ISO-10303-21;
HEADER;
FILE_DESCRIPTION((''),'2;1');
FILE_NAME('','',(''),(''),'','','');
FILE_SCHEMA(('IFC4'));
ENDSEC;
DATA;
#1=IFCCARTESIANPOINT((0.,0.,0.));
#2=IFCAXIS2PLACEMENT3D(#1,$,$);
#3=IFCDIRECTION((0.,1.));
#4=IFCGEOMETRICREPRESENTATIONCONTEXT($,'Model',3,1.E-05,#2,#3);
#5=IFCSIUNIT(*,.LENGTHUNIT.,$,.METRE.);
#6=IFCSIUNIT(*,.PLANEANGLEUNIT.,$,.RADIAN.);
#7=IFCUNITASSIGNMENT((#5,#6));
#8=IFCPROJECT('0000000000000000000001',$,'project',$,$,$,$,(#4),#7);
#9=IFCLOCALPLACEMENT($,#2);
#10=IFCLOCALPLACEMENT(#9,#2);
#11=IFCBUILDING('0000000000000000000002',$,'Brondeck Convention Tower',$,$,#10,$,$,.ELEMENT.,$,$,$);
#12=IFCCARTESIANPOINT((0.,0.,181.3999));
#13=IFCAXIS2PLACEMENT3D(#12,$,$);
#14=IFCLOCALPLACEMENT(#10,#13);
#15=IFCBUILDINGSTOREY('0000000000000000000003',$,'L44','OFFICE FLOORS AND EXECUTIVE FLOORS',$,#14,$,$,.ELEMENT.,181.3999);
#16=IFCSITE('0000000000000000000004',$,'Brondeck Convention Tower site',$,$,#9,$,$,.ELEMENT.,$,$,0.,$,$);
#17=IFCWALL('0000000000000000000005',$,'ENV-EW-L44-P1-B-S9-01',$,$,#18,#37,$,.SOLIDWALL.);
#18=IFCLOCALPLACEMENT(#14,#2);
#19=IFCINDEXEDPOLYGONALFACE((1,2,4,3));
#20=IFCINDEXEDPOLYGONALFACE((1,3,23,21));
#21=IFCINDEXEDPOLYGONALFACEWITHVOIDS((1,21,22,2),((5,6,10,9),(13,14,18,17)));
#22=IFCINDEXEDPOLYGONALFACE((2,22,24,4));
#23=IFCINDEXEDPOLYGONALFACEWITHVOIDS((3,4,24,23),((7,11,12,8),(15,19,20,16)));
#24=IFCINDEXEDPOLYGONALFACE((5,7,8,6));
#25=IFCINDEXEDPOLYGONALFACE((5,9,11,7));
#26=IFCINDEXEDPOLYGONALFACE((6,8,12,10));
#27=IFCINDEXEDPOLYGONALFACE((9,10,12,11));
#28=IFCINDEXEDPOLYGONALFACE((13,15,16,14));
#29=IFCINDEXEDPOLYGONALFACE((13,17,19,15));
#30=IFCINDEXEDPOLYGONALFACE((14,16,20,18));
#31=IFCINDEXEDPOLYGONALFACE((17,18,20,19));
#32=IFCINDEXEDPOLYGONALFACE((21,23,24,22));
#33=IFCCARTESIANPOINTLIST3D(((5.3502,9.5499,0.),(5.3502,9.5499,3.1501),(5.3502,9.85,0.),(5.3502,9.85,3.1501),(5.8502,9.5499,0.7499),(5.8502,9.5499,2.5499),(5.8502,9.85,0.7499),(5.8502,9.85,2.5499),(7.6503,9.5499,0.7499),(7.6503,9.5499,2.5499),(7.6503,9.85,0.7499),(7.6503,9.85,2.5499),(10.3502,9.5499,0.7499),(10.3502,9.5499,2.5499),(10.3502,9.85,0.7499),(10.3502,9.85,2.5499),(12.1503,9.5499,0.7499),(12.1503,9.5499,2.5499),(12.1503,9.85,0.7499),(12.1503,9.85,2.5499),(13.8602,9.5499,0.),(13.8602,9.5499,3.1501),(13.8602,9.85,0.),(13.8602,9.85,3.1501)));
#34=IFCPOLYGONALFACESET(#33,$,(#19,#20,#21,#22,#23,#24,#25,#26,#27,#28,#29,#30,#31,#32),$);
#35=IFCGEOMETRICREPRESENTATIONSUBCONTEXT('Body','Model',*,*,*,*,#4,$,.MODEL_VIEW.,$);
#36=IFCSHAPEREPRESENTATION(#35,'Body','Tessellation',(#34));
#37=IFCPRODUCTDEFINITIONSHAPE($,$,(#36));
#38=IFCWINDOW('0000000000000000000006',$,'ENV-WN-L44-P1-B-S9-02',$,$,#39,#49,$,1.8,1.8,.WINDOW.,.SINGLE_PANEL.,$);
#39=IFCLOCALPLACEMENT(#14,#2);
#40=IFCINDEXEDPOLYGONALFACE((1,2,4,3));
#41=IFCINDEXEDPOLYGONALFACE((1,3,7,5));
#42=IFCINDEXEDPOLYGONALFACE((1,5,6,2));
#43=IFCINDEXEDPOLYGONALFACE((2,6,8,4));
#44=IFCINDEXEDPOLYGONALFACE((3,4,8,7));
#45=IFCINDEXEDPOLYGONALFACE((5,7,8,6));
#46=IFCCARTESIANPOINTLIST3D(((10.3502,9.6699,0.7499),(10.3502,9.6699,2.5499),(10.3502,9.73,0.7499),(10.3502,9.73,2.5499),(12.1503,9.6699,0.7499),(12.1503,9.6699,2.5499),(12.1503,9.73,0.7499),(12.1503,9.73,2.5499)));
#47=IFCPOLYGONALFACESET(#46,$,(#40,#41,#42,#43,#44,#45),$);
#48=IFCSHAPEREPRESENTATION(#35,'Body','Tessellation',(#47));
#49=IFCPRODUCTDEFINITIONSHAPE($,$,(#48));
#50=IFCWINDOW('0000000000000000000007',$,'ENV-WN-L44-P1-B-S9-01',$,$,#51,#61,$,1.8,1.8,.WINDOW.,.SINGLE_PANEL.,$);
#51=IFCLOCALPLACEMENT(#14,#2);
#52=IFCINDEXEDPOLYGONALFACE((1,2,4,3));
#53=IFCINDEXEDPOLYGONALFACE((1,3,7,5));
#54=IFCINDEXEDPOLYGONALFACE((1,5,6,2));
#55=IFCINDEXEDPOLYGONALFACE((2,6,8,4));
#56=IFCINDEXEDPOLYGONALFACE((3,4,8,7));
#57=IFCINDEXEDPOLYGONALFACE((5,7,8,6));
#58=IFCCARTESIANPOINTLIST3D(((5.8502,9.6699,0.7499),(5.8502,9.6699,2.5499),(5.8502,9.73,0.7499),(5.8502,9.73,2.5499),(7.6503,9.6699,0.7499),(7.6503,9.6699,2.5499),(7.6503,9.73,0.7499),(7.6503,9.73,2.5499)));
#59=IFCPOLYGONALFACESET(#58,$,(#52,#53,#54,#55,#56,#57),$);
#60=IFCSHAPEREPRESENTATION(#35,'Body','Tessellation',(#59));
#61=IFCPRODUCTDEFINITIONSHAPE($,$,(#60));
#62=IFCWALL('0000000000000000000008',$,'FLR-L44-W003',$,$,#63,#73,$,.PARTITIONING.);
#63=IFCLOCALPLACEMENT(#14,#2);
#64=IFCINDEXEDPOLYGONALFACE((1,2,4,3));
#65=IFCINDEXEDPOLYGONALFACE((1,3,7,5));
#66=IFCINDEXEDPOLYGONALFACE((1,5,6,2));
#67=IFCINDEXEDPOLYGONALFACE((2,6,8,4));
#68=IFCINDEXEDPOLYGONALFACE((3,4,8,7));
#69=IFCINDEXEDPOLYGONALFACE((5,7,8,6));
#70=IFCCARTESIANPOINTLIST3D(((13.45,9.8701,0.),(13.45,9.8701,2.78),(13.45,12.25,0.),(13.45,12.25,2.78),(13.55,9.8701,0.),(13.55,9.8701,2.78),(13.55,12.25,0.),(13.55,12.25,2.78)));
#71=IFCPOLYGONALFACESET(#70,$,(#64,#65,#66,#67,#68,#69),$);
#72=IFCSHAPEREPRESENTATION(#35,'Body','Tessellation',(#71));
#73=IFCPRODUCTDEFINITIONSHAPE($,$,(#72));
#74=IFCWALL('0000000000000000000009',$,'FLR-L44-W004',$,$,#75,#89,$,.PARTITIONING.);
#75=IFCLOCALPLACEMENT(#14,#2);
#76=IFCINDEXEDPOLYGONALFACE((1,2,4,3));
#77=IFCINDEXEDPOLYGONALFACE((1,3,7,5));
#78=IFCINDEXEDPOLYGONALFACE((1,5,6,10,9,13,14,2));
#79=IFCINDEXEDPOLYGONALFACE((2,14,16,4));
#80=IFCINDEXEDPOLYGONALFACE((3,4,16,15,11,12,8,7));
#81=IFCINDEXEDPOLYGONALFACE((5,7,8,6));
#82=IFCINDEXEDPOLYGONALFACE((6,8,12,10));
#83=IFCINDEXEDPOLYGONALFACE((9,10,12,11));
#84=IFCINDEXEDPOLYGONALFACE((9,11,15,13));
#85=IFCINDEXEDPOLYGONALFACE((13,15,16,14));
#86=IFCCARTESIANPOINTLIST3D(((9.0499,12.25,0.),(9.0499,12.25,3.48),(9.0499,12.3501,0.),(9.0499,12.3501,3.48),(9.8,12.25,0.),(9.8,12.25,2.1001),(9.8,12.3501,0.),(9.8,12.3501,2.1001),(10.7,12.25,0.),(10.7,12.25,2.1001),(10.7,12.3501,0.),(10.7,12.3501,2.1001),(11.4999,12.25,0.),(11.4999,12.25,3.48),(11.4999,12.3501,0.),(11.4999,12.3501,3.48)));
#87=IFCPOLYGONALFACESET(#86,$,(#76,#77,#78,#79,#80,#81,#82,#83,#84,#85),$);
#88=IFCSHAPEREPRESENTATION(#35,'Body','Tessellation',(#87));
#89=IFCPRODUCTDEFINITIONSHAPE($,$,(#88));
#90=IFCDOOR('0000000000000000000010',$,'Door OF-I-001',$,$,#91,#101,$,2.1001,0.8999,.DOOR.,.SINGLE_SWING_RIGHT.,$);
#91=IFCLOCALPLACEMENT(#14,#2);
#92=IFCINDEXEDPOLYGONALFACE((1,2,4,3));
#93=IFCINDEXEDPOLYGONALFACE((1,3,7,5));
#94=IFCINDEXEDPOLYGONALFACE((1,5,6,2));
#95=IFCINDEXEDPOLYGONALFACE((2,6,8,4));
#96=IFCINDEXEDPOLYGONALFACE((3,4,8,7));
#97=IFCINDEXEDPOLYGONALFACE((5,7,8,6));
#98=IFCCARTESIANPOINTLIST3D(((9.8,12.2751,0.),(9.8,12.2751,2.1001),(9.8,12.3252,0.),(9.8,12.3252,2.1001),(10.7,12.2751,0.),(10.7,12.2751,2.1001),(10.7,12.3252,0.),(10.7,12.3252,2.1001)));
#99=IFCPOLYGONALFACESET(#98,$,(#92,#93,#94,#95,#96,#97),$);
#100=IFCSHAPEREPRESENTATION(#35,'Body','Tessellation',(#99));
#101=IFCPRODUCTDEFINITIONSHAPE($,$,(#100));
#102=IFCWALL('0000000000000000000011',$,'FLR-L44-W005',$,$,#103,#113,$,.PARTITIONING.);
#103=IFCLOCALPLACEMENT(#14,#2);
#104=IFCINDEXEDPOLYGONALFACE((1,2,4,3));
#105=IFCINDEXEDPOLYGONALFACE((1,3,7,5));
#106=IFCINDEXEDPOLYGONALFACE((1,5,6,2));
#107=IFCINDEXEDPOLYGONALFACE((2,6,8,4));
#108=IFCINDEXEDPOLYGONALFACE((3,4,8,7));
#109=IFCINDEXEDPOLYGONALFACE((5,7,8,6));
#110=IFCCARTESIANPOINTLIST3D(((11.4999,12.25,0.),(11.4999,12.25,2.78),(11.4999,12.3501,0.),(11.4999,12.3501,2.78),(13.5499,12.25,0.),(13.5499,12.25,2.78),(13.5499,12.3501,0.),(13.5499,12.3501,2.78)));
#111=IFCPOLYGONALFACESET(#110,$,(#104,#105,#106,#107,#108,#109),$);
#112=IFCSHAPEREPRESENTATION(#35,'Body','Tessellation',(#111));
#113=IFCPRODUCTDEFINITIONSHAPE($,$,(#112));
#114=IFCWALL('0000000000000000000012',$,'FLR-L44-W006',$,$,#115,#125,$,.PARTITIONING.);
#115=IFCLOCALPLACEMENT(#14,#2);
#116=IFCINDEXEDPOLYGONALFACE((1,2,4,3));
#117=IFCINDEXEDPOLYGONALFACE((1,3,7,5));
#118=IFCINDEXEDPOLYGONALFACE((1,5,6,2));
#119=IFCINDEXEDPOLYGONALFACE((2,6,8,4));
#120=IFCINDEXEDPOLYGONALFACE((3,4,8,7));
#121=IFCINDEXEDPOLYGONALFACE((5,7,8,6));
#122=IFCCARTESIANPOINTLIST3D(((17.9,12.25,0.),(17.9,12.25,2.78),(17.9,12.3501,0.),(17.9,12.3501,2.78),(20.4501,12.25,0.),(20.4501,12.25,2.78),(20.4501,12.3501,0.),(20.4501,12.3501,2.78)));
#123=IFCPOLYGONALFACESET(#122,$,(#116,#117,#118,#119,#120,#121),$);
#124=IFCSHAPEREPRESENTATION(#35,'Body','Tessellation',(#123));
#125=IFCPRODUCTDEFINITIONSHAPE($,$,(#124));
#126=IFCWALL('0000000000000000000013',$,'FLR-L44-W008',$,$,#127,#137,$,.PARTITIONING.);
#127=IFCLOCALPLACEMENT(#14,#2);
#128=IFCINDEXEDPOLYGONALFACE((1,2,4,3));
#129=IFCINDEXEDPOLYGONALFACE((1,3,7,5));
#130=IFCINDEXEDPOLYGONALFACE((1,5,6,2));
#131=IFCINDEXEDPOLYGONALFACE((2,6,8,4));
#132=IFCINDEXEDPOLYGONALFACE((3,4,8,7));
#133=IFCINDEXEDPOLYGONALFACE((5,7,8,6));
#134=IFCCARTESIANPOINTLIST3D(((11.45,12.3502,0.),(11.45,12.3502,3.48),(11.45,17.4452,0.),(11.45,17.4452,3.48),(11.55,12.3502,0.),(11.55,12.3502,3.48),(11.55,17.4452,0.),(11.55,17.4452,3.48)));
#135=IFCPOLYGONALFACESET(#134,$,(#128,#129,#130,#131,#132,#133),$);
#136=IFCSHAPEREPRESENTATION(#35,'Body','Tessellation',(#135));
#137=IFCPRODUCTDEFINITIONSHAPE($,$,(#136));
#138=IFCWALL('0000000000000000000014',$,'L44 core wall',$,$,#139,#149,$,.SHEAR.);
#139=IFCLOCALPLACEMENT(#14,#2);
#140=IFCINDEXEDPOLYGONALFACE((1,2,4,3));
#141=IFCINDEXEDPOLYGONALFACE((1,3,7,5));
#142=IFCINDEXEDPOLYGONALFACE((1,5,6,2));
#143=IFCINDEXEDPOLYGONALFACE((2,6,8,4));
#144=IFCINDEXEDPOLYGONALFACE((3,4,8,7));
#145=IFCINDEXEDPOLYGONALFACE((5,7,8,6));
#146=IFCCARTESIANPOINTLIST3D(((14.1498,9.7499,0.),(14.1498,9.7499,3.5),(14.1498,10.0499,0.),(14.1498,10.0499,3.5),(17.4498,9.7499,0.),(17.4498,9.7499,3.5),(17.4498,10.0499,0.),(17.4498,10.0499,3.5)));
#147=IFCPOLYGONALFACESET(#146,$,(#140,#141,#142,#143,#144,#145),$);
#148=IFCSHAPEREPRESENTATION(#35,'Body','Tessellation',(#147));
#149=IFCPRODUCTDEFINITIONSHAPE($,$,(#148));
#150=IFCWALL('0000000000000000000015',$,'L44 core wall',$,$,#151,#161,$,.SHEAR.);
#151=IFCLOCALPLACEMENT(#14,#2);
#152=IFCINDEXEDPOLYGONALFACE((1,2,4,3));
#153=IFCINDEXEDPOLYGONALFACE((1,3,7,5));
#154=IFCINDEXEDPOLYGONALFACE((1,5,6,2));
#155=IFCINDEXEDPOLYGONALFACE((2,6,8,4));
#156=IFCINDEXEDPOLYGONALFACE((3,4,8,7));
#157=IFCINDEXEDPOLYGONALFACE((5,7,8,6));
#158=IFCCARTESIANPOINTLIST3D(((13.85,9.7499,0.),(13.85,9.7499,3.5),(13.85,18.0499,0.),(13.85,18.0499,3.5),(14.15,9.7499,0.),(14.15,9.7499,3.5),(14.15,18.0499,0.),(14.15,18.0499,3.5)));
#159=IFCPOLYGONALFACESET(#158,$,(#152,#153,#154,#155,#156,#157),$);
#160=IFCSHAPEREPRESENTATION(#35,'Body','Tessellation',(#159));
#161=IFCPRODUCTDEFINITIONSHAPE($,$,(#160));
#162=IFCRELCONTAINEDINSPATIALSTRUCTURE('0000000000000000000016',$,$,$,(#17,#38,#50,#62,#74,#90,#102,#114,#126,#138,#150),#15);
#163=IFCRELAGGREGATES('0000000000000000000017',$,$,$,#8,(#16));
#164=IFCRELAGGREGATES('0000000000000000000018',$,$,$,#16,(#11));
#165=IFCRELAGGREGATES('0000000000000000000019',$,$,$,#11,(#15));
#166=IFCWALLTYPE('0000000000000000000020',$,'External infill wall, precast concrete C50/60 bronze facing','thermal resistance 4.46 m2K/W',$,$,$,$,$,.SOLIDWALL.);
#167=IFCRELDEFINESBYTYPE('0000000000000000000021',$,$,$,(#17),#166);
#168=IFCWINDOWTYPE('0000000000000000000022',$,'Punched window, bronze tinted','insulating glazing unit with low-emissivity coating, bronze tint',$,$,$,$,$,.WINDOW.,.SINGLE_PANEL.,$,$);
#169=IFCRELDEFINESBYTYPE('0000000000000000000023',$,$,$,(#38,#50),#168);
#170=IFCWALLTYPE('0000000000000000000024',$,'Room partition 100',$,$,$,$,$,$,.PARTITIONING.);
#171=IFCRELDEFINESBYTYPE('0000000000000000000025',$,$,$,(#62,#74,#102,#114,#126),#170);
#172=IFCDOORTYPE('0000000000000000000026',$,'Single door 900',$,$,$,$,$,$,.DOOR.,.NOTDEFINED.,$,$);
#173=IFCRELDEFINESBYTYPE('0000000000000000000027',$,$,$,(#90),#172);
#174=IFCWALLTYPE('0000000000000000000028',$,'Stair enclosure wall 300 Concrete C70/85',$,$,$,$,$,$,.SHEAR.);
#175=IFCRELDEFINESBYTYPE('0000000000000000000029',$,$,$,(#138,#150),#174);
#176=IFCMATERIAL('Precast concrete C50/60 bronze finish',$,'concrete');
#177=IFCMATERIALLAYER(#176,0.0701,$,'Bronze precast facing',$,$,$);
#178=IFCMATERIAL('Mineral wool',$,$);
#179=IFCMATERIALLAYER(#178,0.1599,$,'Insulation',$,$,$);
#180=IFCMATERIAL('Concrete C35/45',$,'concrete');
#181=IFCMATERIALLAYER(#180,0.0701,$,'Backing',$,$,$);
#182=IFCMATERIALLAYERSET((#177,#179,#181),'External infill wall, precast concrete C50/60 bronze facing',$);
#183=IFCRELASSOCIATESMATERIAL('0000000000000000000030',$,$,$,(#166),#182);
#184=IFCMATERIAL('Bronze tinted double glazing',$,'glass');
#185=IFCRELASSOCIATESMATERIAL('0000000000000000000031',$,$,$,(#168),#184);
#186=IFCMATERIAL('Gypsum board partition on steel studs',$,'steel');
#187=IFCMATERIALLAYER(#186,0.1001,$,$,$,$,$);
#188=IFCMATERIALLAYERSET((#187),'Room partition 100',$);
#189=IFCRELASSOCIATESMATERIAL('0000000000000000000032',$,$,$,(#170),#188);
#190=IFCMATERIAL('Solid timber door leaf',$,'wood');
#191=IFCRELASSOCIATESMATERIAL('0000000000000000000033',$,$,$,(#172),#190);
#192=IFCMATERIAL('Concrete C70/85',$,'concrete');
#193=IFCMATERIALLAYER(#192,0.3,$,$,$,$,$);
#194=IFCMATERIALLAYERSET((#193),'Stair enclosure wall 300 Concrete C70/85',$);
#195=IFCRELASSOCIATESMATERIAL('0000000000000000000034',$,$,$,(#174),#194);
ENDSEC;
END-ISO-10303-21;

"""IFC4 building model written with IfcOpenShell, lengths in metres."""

from ifc_helpers import new_model, si_unit, direction, frame, frame_2d, origin, place, context, subcontext, project, spatial, rectangle, extrude, material, layer, layer_set, type_object, element, fill, save


model = new_model("IFC4")

# Units and contexts
model_context = context("Model", 3, precision=1e-05, world=origin(), true_north=direction((0.0, 1.0)))
body_context = subcontext(model_context, "Body", "Model", "MODEL_VIEW")
ifc_project = project(units=[si_unit("LENGTHUNIT", "METRE"), si_unit("PLANEANGLEUNIT", "RADIAN")], contexts=[model_context])

# Site, building, storey
site_placement = place(None, origin())
site = spatial("IfcSite", under=ifc_project, at=site_placement, Name="Brondeck Convention Tower site", CompositionType="ELEMENT", RefElevation=0.0)
building_placement = place(site_placement, origin())
building = spatial("IfcBuilding", under=site, at=building_placement, Name="Brondeck Convention Tower", CompositionType="ELEMENT")
storey_placement = place(building_placement, frame((0.0, 0.0, 181.3999)))
storey = spatial("IfcBuildingStorey", under=building, at=storey_placement, Name="L44", Description="OFFICE FLOORS AND EXECUTIVE FLOORS", CompositionType="ELEMENT", Elevation=181.3999)

# Shared definitions
ifc_material_1 = material(Name="Concrete C70/85", Category="concrete")

# Wall, openings, windows
ifc_material_2 = material(Name="Precast concrete C50/60 bronze finish", Category="concrete")
ifc_layer_1 = layer(ifc_material_2, 0.0701, Name="Bronze precast facing")
ifc_material_3 = material(Name="Mineral wool")
ifc_layer_2 = layer(ifc_material_3, 0.1599, Name="Insulation")
ifc_material_4 = material(Name="Concrete C35/45", Category="concrete")
ifc_layer_3 = layer(ifc_material_4, 0.0701, Name="Backing")
ifc_layer_set_1 = layer_set([ifc_layer_1, ifc_layer_2, ifc_layer_3], Name="External infill wall, precast concrete C50/60 bronze facing")
wall_type_1 = type_object("IfcWallType", Name="External infill wall, precast concrete C50/60 bronze facing", Description="thermal resistance 4.46 m2K/W", PredefinedType="SOLIDWALL", material=ifc_layer_set_1)
wall_1_placement = place(storey_placement, frame((13.8601, 9.7, 0.0), z_axis=(0.0, 0.0, 1.0), x_axis=(-1.0, 0.0, 0.0)))
wall_1 = element("IfcWall", 1, at=wall_1_placement, inside=storey, type_object=wall_type_1, Name="ENV-EW-L44-P1-B-S9-01", PredefinedType="SOLIDWALL", context=body_context, shape_type="SweptSolid", body=[
    extrude(rectangle(XDim=8.51, YDim=0.3, at=frame_2d((4.2549, 0.0))), origin(), (0.0, 0.0, 1.0), 3.1501),
])
opening_1_placement = place(wall_1_placement, frame((1.71, 0.0, 0.75)))
opening_1 = element("IfcOpeningElement", 2, at=opening_1_placement, cuts=wall_1, PredefinedType="OPENING", context=body_context, shape_type="SweptSolid", body=[
    extrude(rectangle(XDim=1.8, YDim=1.8, at=frame_2d((0.8999, 0.8999))), frame((0.0, 0.1599, 0.0), z_axis=(0.0, -1.0, 0.0), x_axis=(1.0, 0.0, 0.0)), (0.0, 0.0, 1.0), 0.3201),
])
opening_2_placement = place(wall_1_placement, frame((6.21, 0.0, 0.75)))
opening_2 = element("IfcOpeningElement", 3, at=opening_2_placement, cuts=wall_1, PredefinedType="OPENING", context=body_context, shape_type="SweptSolid", body=[
    extrude(rectangle(XDim=1.8, YDim=1.8, at=frame_2d((0.8999, 0.8999))), frame((0.0, 0.1599, 0.0), z_axis=(0.0, -1.0, 0.0), x_axis=(1.0, 0.0, 0.0)), (0.0, 0.0, 1.0), 0.3201),
])
ifc_material_5 = material(Name="Bronze tinted double glazing", Category="glass")
window_type = type_object("IfcWindowType", Name="Punched window, bronze tinted", Description="insulating glazing unit with low-emissivity coating, bronze tint", PartitioningType="SINGLE_PANEL", PredefinedType="WINDOW", material=ifc_material_5)
window_1_placement = place(opening_1_placement, origin())
window_1 = element("IfcWindow", 4, at=window_1_placement, inside=storey, type_object=window_type, Name="ENV-WN-L44-P1-B-S9-02", OverallHeight=1.8, OverallWidth=1.8, PartitioningType="SINGLE_PANEL", PredefinedType="WINDOW", context=body_context, shape_type="SweptSolid", body=[
    extrude(rectangle(XDim=1.8, YDim=1.8, at=frame_2d((0.8999, 0.8999))), frame((0.0, 0.03, 0.0), z_axis=(0.0, -1.0, 0.0), x_axis=(1.0, 0.0, 0.0)), (0.0, 0.0, 1.0), 0.0601),
])
fill(opening_1, window_1)
window_2_placement = place(opening_2_placement, origin())
window_2 = element("IfcWindow", 5, at=window_2_placement, inside=storey, type_object=window_type, Name="ENV-WN-L44-P1-B-S9-01", OverallHeight=1.8, OverallWidth=1.8, PartitioningType="SINGLE_PANEL", PredefinedType="WINDOW", context=body_context, shape_type="SweptSolid", body=[
    extrude(rectangle(XDim=1.8, YDim=1.8, at=frame_2d((0.8999, 0.8999))), frame((0.0, 0.03, 0.0), z_axis=(0.0, -1.0, 0.0), x_axis=(1.0, 0.0, 0.0)), (0.0, 0.0, 1.0), 0.0601),
])
fill(opening_2, window_2)

# Wall
ifc_material_6 = material(Name="Gypsum board partition on steel studs", Category="steel")
ifc_layer_4 = layer(ifc_material_6, 0.1001)
ifc_layer_set_2 = layer_set([ifc_layer_4], Name="Room partition 100")
wall_type_2 = type_object("IfcWallType", Name="Room partition 100", PredefinedType="PARTITIONING", material=ifc_layer_set_2)
wall_2_placement = place(storey_placement, frame((13.5, 12.25, 0.0), z_axis=(0.0, 0.0, 1.0), x_axis=(0.0, -1.0, 0.0)))
element("IfcWall", 6, at=wall_2_placement, inside=storey, type_object=wall_type_2, Name="FLR-L44-W003", PredefinedType="PARTITIONING", context=body_context, shape_type="SweptSolid", body=[
    extrude(rectangle(XDim=2.3799, YDim=0.1001, at=frame_2d((1.1899, 0.0))), origin(), (0.0, 0.0, 1.0), 2.78),
])

# Wall, opening, door
wall_3_placement = place(storey_placement, frame((11.5, 12.3, 0.0), z_axis=(0.0, 0.0, 1.0), x_axis=(-1.0, 0.0, 0.0)))
wall_3 = element("IfcWall", 7, at=wall_3_placement, inside=storey, type_object=wall_type_2, Name="FLR-L44-W004", PredefinedType="PARTITIONING", context=body_context, shape_type="SweptSolid", body=[
    extrude(rectangle(XDim=2.45, YDim=0.1001, at=frame_2d((1.2251, 0.0))), origin(), (0.0, 0.0, 1.0), 3.48),
])
opening_3_placement = place(wall_3_placement, frame((0.8, 0.0, 0.0)))
opening_3 = element("IfcOpeningElement", 8, at=opening_3_placement, cuts=wall_3, PredefinedType="OPENING", context=body_context, shape_type="SweptSolid", body=[
    extrude(rectangle(XDim=0.8999, YDim=2.1001, at=frame_2d((0.45, 1.05))), frame((0.0, 0.0601, 0.0), z_axis=(0.0, -1.0, 0.0), x_axis=(1.0, 0.0, 0.0)), (0.0, 0.0, 1.0), 0.1201),
])
ifc_material_7 = material(Name="Solid timber door leaf", Category="wood")
door_type_1 = type_object("IfcDoorType", Name="Single door 900", OperationType="NOTDEFINED", PredefinedType="DOOR", material=ifc_material_7)
door_1_placement = place(opening_3_placement, origin())
door_1 = element("IfcDoor", 9, at=door_1_placement, inside=storey, type_object=door_type_1, Name="Door OF-I-001", OperationType="SINGLE_SWING_RIGHT", OverallHeight=2.1001, OverallWidth=0.8999, PredefinedType="DOOR", context=body_context, shape_type="SweptSolid", body=[
    extrude(rectangle(XDim=0.8999, YDim=2.1001, at=frame_2d((0.45, 1.05))), frame((0.0, 0.0249, 0.0), z_axis=(0.0, -1.0, 0.0), x_axis=(1.0, 0.0, 0.0)), (0.0, 0.0, 1.0), 0.05),
])
fill(opening_3, door_1)

# Walls
wall_4_placement = place(storey_placement, frame((11.5, 12.3, 0.0), z_axis=(0.0, 0.0, 1.0), x_axis=(1.0, 0.0, 0.0)))
element("IfcWall", 10, at=wall_4_placement, inside=storey, type_object=wall_type_2, Name="FLR-L44-W005", PredefinedType="PARTITIONING", context=body_context, shape_type="SweptSolid", body=[
    extrude(rectangle(XDim=2.05, YDim=0.1001, at=frame_2d((1.0249, 0.0))), origin(), (0.0, 0.0, 1.0), 2.78),
])
wall_5_placement = place(storey_placement, frame((20.45, 12.3, 0.0), z_axis=(0.0, 0.0, 1.0), x_axis=(-1.0, 0.0, 0.0)))
element("IfcWall", 11, at=wall_5_placement, inside=storey, type_object=wall_type_2, Name="FLR-L44-W006", PredefinedType="PARTITIONING", context=body_context, shape_type="SweptSolid", body=[
    extrude(rectangle(XDim=2.55, YDim=0.1001, at=frame_2d((1.2749, 0.0))), origin(), (0.0, 0.0, 1.0), 2.78),
])
wall_6_placement = place(storey_placement, frame((11.5, 17.4451, 0.0), z_axis=(0.0, 0.0, 1.0), x_axis=(0.0, -1.0, 0.0)))
element("IfcWall", 12, at=wall_6_placement, inside=storey, type_object=wall_type_2, Name="FLR-L44-W008", PredefinedType="PARTITIONING", context=body_context, shape_type="SweptSolid", body=[
    extrude(rectangle(XDim=5.095, YDim=0.1001, at=frame_2d((2.5474, 0.0))), origin(), (0.0, 0.0, 1.0), 3.48),
])
ifc_layer_5 = layer(ifc_material_1, 0.3)
ifc_layer_set_3 = layer_set([ifc_layer_5], Name="Stair enclosure wall 300 Concrete C70/85")
wall_type_3 = type_object("IfcWallType", Name="Stair enclosure wall 300 Concrete C70/85", PredefinedType="SHEAR", material=ifc_layer_set_3)
wall_7_placement = place(storey_placement, frame((14.1499, 9.8999, 0.0), z_axis=(0.0, 0.0, 1.0), x_axis=(1.0, 0.0, 0.0)))
element("IfcWall", 13, at=wall_7_placement, inside=storey, type_object=wall_type_3, Name="L44 core wall", PredefinedType="SHEAR", context=body_context, shape_type="SweptSolid", body=[
    extrude(rectangle(XDim=3.3, YDim=0.3, at=frame_2d((1.6499, 0.0))), origin(), (0.0, 0.0, 1.0), 3.5),
])
wall_8_placement = place(storey_placement, frame((14.0, 9.75, 0.0), z_axis=(0.0, 0.0, 1.0), x_axis=(0.0, 1.0, 0.0)))
element("IfcWall", 14, at=wall_8_placement, inside=storey, type_object=wall_type_3, Name="L44 core wall", PredefinedType="SHEAR", context=body_context, shape_type="SweptSolid", body=[
    extrude(rectangle(XDim=8.3, YDim=0.3, at=frame_2d((4.1499, 0.0))), origin(), (0.0, 0.0, 1.0), 3.5),
])

save(model, "model.ifc")
